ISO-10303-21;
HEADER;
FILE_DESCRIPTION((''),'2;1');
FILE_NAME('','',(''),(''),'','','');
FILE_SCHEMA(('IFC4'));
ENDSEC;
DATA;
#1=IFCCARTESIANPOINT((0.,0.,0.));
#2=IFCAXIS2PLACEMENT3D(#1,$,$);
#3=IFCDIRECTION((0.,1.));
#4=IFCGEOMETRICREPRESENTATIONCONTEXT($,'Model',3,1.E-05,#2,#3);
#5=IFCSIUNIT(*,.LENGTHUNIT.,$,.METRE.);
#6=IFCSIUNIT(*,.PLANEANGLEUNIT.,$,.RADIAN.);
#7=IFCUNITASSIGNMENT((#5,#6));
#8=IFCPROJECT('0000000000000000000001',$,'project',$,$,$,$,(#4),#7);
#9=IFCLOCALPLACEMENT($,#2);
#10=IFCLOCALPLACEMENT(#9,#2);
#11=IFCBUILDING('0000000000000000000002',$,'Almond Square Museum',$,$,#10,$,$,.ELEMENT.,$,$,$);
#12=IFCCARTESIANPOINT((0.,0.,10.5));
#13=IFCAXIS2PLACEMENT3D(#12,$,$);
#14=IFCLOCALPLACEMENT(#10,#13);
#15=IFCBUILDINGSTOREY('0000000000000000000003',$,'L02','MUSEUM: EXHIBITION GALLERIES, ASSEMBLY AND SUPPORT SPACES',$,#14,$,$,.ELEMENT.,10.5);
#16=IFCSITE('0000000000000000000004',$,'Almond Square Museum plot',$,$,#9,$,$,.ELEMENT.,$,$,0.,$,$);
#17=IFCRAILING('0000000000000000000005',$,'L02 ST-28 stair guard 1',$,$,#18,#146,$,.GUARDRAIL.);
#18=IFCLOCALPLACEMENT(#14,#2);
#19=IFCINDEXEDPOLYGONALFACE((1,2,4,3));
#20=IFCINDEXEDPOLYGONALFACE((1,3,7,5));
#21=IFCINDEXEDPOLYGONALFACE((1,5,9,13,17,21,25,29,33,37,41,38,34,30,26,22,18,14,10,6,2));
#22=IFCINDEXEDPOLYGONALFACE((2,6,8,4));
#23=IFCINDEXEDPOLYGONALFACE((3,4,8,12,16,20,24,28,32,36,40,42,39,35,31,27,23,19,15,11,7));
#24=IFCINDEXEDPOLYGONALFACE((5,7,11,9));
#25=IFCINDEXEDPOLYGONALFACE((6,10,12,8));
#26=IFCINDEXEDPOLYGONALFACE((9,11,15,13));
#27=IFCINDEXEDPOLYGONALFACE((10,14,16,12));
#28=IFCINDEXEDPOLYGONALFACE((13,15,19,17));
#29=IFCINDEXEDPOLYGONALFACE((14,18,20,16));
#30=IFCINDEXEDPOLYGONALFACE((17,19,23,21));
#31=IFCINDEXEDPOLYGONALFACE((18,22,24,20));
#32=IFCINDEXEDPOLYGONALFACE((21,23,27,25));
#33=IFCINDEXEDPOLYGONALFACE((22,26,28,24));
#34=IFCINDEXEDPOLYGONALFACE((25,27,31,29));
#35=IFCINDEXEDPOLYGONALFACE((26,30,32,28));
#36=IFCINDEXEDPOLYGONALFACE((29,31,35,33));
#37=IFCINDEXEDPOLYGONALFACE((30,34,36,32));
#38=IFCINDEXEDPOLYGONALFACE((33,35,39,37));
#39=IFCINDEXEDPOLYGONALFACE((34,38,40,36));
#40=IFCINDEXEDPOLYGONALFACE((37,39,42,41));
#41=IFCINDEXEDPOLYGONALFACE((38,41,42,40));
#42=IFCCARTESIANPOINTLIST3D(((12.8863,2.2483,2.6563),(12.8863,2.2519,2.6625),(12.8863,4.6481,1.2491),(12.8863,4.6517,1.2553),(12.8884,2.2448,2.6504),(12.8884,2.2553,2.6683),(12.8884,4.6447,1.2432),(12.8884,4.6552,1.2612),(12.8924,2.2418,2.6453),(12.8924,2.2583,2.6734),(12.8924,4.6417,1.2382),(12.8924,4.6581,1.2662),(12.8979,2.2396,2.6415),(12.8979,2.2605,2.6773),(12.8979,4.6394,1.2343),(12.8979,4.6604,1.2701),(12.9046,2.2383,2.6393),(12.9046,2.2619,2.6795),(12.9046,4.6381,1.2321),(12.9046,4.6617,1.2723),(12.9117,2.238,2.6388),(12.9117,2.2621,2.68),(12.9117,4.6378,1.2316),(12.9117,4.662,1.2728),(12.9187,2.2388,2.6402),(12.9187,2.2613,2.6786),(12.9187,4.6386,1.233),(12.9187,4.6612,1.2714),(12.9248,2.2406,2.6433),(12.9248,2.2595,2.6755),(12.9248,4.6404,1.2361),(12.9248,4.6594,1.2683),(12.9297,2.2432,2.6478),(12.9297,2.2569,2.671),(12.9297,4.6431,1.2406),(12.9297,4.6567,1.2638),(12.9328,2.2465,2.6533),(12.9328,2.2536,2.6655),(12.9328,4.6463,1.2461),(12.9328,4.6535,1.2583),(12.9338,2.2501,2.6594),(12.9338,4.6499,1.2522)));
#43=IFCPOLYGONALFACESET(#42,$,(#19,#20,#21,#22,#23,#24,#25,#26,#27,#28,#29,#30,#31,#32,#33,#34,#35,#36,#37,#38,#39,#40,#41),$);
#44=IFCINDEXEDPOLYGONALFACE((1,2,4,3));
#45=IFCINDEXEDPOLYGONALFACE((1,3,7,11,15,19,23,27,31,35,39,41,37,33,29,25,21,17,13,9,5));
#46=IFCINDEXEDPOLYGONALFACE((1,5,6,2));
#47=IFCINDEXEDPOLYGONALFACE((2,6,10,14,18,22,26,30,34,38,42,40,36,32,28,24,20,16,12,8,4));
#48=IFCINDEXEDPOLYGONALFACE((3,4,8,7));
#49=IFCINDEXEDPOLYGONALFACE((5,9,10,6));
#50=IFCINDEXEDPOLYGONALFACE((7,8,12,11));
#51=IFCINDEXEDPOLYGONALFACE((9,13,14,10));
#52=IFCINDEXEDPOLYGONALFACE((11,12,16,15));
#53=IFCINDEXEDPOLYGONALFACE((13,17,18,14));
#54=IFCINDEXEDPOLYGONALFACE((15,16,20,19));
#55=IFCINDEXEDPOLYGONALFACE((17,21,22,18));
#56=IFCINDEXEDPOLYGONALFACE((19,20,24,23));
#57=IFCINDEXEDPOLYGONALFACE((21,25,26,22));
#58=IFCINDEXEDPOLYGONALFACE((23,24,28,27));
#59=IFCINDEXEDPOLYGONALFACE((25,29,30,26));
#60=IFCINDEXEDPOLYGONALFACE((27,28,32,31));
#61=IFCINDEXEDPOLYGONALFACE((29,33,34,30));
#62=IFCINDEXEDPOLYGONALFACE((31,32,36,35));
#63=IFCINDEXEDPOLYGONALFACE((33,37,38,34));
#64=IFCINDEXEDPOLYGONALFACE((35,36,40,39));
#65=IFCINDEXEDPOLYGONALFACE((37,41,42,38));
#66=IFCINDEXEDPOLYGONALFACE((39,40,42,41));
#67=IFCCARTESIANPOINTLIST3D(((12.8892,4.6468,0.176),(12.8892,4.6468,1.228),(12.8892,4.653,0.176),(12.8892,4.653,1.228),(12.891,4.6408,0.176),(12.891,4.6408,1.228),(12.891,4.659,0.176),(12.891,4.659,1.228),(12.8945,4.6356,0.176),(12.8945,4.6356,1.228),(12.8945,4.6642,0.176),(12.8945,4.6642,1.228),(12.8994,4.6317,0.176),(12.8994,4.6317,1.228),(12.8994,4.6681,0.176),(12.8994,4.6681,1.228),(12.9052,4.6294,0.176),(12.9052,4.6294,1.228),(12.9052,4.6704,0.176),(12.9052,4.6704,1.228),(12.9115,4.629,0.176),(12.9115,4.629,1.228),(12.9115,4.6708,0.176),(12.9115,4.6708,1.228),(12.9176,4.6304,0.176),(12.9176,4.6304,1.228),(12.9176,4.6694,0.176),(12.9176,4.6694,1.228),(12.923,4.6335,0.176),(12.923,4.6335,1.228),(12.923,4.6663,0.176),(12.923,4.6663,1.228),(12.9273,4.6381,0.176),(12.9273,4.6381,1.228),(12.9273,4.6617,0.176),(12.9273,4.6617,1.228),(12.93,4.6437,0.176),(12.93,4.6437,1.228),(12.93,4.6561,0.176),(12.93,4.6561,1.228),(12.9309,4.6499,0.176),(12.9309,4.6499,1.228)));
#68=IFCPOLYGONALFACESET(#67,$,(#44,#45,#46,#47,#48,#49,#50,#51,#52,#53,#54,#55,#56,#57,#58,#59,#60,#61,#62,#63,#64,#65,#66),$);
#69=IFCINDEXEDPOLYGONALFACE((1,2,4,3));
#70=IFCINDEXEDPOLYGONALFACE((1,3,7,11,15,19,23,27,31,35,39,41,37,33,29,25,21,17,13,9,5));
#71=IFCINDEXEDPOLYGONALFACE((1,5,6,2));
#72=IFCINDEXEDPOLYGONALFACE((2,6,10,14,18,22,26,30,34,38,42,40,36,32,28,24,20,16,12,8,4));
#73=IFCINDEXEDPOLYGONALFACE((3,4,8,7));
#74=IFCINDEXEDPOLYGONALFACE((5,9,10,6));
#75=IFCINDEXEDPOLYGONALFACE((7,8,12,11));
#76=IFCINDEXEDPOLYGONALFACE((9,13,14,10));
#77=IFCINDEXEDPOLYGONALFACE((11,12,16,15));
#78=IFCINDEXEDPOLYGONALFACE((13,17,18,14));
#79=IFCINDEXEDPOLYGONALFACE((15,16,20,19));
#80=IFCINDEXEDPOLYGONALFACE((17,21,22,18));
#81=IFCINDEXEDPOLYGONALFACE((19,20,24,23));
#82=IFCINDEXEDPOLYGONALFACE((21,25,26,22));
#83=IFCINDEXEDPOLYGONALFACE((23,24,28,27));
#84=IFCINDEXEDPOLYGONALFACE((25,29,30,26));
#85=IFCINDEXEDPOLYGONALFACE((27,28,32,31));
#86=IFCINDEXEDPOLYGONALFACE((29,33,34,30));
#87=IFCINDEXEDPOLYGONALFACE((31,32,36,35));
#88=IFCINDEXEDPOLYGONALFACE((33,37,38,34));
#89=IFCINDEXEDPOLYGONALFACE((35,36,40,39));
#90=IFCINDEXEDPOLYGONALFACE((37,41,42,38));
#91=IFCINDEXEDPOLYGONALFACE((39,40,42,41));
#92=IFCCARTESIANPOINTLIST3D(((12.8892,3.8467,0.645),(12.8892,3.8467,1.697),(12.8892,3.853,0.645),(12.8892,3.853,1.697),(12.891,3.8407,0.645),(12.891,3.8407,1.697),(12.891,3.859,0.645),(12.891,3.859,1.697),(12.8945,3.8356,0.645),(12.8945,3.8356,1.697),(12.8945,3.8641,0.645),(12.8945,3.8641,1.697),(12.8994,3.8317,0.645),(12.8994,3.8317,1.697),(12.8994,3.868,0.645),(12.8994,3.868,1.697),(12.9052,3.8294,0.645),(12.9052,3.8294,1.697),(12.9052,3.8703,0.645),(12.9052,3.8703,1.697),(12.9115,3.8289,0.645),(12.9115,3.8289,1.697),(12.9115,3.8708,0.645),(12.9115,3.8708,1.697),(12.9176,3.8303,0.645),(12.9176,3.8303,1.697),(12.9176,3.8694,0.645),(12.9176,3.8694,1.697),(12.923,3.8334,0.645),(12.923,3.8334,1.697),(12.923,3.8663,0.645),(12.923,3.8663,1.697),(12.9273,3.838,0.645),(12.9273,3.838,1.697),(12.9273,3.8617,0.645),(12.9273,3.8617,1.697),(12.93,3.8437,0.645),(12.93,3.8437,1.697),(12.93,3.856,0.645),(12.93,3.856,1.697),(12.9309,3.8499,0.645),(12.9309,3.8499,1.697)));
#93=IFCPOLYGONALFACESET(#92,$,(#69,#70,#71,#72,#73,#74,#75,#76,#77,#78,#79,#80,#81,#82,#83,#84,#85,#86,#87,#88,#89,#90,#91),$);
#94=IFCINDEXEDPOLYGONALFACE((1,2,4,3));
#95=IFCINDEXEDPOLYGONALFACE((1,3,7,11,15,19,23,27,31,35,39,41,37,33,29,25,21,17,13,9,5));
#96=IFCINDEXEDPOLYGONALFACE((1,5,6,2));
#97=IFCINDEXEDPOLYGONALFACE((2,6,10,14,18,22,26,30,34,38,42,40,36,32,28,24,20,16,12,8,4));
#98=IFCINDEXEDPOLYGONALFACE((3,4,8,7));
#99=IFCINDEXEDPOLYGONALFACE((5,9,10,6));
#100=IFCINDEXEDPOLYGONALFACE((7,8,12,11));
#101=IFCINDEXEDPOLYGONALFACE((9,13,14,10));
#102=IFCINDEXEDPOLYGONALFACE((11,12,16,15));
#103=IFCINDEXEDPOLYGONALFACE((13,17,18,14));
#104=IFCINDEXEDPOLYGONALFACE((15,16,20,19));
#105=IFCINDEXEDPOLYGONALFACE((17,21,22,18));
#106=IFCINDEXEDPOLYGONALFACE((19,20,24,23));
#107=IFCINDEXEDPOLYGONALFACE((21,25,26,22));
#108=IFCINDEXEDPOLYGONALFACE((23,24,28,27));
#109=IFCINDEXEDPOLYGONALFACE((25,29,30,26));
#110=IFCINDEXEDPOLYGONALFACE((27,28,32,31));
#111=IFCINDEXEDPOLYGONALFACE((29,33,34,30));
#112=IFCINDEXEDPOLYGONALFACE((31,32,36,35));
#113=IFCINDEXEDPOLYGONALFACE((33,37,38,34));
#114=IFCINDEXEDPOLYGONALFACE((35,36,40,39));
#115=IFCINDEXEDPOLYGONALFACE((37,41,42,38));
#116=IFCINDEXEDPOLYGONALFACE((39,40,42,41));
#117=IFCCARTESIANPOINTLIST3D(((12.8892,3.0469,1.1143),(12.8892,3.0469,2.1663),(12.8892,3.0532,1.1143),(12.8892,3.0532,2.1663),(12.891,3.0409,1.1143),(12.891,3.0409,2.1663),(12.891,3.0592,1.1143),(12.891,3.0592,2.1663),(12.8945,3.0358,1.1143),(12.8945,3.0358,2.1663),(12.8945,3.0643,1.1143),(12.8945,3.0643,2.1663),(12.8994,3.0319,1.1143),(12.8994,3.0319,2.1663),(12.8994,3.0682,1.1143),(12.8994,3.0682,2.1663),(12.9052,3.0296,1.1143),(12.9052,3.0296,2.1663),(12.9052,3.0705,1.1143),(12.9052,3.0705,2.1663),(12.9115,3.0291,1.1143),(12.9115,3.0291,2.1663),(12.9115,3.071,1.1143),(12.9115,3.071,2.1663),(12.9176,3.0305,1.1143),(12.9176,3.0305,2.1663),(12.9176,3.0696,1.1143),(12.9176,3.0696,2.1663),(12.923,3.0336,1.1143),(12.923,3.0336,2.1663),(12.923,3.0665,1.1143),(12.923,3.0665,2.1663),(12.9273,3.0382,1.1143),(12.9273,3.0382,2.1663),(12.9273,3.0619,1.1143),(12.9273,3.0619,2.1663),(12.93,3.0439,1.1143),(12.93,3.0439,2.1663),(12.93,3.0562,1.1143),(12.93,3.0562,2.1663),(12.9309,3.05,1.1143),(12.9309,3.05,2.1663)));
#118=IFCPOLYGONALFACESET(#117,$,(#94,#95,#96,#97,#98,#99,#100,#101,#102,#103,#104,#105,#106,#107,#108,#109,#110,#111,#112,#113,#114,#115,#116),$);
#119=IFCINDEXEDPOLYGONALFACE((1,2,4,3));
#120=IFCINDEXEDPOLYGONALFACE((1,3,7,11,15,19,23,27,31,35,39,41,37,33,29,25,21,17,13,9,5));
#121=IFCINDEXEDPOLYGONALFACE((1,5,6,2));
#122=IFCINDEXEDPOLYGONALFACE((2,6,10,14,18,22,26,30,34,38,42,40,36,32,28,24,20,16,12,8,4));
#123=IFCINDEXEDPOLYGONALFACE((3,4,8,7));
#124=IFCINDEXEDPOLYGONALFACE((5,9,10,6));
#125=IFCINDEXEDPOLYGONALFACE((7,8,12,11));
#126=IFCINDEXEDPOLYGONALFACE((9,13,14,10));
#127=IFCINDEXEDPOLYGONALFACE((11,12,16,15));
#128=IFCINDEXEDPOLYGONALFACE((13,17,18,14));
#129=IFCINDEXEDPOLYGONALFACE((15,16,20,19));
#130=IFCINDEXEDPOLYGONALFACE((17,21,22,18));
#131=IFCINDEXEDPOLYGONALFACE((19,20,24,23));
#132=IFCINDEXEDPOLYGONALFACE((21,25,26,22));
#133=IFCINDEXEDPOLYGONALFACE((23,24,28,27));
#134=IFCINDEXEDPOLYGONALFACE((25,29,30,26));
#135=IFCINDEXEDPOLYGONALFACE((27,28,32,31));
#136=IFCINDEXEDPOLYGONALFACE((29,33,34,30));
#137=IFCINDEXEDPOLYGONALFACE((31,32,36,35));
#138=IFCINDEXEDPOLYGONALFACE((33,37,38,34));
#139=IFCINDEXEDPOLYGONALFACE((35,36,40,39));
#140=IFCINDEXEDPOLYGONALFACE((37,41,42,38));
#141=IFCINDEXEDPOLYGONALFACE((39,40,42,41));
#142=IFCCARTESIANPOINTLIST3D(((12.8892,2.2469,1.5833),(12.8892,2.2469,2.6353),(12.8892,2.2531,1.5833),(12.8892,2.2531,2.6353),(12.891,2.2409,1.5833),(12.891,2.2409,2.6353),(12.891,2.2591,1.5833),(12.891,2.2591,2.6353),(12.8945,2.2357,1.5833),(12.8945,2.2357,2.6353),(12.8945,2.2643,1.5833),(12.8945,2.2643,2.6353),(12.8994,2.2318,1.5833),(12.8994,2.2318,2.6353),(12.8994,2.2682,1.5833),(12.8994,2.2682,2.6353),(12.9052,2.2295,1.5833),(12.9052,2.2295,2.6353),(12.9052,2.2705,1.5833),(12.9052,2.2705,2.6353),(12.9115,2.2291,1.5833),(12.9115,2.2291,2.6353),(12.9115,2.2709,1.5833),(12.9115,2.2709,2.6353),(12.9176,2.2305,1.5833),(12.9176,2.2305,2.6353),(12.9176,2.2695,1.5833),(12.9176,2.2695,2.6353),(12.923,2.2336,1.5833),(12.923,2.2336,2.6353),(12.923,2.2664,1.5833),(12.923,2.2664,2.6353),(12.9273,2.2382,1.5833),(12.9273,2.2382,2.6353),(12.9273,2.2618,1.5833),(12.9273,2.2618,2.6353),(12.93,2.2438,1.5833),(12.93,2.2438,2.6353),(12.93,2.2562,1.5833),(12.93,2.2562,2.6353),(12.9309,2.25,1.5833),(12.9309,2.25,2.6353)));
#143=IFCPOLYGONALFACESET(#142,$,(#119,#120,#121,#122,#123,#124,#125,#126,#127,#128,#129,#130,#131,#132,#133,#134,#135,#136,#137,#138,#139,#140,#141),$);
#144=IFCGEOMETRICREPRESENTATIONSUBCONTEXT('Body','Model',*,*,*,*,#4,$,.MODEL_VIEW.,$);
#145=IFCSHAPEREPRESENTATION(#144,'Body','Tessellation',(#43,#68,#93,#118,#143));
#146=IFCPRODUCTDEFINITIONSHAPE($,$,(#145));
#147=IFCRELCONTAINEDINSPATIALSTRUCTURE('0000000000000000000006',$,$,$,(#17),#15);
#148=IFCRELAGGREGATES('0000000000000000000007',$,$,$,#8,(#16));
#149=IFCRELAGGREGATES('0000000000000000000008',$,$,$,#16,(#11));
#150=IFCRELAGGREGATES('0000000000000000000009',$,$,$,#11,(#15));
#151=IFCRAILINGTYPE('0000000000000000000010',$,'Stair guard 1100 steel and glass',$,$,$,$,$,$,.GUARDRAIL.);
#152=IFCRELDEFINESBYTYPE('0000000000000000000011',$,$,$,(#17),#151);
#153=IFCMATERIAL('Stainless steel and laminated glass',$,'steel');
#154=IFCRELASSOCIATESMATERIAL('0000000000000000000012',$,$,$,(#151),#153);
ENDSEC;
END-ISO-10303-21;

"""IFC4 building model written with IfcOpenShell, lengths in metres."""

from ifc_helpers import new_model, si_unit, direction, frame, origin, origin_2d, place, context, subcontext, project, spatial, circle, extrude, material, type_object, element, save


model = new_model("IFC4")

# Units and contexts
model_context = context("Model", 3, precision=1e-05, world=origin(), true_north=direction((0.0, 1.0)))
body_context = subcontext(model_context, "Body", "Model", "MODEL_VIEW")
ifc_project = project(units=[si_unit("LENGTHUNIT", "METRE"), si_unit("PLANEANGLEUNIT", "RADIAN")], contexts=[model_context])

# Site, building, storey
site_placement = place(None, origin())
site = spatial("IfcSite", under=ifc_project, at=site_placement, Name="Almond Square Museum plot", CompositionType="ELEMENT", RefElevation=0.0)
building_placement = place(site_placement, origin())
building = spatial("IfcBuilding", under=site, at=building_placement, Name="Almond Square Museum", CompositionType="ELEMENT")
storey_placement = place(building_placement, frame((0.0, 0.0, 10.5)))
storey = spatial("IfcBuildingStorey", under=building, at=storey_placement, Name="L02", Description="MUSEUM: EXHIBITION GALLERIES, ASSEMBLY AND SUPPORT SPACES", CompositionType="ELEMENT", Elevation=10.5)

# Railing
ifc_material_1 = material(Name="Stainless steel and laminated glass", Category="steel")
railing_type_1 = type_object("IfcRailingType", Name="Stair guard 1100 steel and glass", PredefinedType="GUARDRAIL", material=ifc_material_1)
railing_1_placement = place(storey_placement, frame((12.9099, 4.6499, 0.176)))
element("IfcRailing", 1, at=railing_1_placement, inside=storey, type_object=railing_type_1, Name="L02 ST-28 stair guard 1", PredefinedType="GUARDRAIL", context=body_context, shape_type="SweptSolid", body=[
    extrude(circle(Radius=0.0239, at=origin_2d()), frame((0.0, 0.0, 1.0762), z_axis=(0.0, -0.862637, 0.505823), x_axis=(1.0, 0.0, 0.0)), (0.0, 0.0, 1.0), 2.782),
    extrude(circle(Radius=0.021, at=origin_2d()), origin(), (0.0, 0.0, 1.0), 1.052),
    extrude(circle(Radius=0.021, at=origin_2d()), frame((0.0, -0.8, 0.469)), (0.0, 0.0, 1.0), 1.052),
    extrude(circle(Radius=0.021, at=origin_2d()), frame((0.0, -1.5999, 0.9382)), (0.0, 0.0, 1.0), 1.052),
    extrude(circle(Radius=0.021, at=origin_2d()), frame((0.0, -2.3999, 1.4072)), (0.0, 0.0, 1.0), 1.052),
])

save(model, "model.ifc")
